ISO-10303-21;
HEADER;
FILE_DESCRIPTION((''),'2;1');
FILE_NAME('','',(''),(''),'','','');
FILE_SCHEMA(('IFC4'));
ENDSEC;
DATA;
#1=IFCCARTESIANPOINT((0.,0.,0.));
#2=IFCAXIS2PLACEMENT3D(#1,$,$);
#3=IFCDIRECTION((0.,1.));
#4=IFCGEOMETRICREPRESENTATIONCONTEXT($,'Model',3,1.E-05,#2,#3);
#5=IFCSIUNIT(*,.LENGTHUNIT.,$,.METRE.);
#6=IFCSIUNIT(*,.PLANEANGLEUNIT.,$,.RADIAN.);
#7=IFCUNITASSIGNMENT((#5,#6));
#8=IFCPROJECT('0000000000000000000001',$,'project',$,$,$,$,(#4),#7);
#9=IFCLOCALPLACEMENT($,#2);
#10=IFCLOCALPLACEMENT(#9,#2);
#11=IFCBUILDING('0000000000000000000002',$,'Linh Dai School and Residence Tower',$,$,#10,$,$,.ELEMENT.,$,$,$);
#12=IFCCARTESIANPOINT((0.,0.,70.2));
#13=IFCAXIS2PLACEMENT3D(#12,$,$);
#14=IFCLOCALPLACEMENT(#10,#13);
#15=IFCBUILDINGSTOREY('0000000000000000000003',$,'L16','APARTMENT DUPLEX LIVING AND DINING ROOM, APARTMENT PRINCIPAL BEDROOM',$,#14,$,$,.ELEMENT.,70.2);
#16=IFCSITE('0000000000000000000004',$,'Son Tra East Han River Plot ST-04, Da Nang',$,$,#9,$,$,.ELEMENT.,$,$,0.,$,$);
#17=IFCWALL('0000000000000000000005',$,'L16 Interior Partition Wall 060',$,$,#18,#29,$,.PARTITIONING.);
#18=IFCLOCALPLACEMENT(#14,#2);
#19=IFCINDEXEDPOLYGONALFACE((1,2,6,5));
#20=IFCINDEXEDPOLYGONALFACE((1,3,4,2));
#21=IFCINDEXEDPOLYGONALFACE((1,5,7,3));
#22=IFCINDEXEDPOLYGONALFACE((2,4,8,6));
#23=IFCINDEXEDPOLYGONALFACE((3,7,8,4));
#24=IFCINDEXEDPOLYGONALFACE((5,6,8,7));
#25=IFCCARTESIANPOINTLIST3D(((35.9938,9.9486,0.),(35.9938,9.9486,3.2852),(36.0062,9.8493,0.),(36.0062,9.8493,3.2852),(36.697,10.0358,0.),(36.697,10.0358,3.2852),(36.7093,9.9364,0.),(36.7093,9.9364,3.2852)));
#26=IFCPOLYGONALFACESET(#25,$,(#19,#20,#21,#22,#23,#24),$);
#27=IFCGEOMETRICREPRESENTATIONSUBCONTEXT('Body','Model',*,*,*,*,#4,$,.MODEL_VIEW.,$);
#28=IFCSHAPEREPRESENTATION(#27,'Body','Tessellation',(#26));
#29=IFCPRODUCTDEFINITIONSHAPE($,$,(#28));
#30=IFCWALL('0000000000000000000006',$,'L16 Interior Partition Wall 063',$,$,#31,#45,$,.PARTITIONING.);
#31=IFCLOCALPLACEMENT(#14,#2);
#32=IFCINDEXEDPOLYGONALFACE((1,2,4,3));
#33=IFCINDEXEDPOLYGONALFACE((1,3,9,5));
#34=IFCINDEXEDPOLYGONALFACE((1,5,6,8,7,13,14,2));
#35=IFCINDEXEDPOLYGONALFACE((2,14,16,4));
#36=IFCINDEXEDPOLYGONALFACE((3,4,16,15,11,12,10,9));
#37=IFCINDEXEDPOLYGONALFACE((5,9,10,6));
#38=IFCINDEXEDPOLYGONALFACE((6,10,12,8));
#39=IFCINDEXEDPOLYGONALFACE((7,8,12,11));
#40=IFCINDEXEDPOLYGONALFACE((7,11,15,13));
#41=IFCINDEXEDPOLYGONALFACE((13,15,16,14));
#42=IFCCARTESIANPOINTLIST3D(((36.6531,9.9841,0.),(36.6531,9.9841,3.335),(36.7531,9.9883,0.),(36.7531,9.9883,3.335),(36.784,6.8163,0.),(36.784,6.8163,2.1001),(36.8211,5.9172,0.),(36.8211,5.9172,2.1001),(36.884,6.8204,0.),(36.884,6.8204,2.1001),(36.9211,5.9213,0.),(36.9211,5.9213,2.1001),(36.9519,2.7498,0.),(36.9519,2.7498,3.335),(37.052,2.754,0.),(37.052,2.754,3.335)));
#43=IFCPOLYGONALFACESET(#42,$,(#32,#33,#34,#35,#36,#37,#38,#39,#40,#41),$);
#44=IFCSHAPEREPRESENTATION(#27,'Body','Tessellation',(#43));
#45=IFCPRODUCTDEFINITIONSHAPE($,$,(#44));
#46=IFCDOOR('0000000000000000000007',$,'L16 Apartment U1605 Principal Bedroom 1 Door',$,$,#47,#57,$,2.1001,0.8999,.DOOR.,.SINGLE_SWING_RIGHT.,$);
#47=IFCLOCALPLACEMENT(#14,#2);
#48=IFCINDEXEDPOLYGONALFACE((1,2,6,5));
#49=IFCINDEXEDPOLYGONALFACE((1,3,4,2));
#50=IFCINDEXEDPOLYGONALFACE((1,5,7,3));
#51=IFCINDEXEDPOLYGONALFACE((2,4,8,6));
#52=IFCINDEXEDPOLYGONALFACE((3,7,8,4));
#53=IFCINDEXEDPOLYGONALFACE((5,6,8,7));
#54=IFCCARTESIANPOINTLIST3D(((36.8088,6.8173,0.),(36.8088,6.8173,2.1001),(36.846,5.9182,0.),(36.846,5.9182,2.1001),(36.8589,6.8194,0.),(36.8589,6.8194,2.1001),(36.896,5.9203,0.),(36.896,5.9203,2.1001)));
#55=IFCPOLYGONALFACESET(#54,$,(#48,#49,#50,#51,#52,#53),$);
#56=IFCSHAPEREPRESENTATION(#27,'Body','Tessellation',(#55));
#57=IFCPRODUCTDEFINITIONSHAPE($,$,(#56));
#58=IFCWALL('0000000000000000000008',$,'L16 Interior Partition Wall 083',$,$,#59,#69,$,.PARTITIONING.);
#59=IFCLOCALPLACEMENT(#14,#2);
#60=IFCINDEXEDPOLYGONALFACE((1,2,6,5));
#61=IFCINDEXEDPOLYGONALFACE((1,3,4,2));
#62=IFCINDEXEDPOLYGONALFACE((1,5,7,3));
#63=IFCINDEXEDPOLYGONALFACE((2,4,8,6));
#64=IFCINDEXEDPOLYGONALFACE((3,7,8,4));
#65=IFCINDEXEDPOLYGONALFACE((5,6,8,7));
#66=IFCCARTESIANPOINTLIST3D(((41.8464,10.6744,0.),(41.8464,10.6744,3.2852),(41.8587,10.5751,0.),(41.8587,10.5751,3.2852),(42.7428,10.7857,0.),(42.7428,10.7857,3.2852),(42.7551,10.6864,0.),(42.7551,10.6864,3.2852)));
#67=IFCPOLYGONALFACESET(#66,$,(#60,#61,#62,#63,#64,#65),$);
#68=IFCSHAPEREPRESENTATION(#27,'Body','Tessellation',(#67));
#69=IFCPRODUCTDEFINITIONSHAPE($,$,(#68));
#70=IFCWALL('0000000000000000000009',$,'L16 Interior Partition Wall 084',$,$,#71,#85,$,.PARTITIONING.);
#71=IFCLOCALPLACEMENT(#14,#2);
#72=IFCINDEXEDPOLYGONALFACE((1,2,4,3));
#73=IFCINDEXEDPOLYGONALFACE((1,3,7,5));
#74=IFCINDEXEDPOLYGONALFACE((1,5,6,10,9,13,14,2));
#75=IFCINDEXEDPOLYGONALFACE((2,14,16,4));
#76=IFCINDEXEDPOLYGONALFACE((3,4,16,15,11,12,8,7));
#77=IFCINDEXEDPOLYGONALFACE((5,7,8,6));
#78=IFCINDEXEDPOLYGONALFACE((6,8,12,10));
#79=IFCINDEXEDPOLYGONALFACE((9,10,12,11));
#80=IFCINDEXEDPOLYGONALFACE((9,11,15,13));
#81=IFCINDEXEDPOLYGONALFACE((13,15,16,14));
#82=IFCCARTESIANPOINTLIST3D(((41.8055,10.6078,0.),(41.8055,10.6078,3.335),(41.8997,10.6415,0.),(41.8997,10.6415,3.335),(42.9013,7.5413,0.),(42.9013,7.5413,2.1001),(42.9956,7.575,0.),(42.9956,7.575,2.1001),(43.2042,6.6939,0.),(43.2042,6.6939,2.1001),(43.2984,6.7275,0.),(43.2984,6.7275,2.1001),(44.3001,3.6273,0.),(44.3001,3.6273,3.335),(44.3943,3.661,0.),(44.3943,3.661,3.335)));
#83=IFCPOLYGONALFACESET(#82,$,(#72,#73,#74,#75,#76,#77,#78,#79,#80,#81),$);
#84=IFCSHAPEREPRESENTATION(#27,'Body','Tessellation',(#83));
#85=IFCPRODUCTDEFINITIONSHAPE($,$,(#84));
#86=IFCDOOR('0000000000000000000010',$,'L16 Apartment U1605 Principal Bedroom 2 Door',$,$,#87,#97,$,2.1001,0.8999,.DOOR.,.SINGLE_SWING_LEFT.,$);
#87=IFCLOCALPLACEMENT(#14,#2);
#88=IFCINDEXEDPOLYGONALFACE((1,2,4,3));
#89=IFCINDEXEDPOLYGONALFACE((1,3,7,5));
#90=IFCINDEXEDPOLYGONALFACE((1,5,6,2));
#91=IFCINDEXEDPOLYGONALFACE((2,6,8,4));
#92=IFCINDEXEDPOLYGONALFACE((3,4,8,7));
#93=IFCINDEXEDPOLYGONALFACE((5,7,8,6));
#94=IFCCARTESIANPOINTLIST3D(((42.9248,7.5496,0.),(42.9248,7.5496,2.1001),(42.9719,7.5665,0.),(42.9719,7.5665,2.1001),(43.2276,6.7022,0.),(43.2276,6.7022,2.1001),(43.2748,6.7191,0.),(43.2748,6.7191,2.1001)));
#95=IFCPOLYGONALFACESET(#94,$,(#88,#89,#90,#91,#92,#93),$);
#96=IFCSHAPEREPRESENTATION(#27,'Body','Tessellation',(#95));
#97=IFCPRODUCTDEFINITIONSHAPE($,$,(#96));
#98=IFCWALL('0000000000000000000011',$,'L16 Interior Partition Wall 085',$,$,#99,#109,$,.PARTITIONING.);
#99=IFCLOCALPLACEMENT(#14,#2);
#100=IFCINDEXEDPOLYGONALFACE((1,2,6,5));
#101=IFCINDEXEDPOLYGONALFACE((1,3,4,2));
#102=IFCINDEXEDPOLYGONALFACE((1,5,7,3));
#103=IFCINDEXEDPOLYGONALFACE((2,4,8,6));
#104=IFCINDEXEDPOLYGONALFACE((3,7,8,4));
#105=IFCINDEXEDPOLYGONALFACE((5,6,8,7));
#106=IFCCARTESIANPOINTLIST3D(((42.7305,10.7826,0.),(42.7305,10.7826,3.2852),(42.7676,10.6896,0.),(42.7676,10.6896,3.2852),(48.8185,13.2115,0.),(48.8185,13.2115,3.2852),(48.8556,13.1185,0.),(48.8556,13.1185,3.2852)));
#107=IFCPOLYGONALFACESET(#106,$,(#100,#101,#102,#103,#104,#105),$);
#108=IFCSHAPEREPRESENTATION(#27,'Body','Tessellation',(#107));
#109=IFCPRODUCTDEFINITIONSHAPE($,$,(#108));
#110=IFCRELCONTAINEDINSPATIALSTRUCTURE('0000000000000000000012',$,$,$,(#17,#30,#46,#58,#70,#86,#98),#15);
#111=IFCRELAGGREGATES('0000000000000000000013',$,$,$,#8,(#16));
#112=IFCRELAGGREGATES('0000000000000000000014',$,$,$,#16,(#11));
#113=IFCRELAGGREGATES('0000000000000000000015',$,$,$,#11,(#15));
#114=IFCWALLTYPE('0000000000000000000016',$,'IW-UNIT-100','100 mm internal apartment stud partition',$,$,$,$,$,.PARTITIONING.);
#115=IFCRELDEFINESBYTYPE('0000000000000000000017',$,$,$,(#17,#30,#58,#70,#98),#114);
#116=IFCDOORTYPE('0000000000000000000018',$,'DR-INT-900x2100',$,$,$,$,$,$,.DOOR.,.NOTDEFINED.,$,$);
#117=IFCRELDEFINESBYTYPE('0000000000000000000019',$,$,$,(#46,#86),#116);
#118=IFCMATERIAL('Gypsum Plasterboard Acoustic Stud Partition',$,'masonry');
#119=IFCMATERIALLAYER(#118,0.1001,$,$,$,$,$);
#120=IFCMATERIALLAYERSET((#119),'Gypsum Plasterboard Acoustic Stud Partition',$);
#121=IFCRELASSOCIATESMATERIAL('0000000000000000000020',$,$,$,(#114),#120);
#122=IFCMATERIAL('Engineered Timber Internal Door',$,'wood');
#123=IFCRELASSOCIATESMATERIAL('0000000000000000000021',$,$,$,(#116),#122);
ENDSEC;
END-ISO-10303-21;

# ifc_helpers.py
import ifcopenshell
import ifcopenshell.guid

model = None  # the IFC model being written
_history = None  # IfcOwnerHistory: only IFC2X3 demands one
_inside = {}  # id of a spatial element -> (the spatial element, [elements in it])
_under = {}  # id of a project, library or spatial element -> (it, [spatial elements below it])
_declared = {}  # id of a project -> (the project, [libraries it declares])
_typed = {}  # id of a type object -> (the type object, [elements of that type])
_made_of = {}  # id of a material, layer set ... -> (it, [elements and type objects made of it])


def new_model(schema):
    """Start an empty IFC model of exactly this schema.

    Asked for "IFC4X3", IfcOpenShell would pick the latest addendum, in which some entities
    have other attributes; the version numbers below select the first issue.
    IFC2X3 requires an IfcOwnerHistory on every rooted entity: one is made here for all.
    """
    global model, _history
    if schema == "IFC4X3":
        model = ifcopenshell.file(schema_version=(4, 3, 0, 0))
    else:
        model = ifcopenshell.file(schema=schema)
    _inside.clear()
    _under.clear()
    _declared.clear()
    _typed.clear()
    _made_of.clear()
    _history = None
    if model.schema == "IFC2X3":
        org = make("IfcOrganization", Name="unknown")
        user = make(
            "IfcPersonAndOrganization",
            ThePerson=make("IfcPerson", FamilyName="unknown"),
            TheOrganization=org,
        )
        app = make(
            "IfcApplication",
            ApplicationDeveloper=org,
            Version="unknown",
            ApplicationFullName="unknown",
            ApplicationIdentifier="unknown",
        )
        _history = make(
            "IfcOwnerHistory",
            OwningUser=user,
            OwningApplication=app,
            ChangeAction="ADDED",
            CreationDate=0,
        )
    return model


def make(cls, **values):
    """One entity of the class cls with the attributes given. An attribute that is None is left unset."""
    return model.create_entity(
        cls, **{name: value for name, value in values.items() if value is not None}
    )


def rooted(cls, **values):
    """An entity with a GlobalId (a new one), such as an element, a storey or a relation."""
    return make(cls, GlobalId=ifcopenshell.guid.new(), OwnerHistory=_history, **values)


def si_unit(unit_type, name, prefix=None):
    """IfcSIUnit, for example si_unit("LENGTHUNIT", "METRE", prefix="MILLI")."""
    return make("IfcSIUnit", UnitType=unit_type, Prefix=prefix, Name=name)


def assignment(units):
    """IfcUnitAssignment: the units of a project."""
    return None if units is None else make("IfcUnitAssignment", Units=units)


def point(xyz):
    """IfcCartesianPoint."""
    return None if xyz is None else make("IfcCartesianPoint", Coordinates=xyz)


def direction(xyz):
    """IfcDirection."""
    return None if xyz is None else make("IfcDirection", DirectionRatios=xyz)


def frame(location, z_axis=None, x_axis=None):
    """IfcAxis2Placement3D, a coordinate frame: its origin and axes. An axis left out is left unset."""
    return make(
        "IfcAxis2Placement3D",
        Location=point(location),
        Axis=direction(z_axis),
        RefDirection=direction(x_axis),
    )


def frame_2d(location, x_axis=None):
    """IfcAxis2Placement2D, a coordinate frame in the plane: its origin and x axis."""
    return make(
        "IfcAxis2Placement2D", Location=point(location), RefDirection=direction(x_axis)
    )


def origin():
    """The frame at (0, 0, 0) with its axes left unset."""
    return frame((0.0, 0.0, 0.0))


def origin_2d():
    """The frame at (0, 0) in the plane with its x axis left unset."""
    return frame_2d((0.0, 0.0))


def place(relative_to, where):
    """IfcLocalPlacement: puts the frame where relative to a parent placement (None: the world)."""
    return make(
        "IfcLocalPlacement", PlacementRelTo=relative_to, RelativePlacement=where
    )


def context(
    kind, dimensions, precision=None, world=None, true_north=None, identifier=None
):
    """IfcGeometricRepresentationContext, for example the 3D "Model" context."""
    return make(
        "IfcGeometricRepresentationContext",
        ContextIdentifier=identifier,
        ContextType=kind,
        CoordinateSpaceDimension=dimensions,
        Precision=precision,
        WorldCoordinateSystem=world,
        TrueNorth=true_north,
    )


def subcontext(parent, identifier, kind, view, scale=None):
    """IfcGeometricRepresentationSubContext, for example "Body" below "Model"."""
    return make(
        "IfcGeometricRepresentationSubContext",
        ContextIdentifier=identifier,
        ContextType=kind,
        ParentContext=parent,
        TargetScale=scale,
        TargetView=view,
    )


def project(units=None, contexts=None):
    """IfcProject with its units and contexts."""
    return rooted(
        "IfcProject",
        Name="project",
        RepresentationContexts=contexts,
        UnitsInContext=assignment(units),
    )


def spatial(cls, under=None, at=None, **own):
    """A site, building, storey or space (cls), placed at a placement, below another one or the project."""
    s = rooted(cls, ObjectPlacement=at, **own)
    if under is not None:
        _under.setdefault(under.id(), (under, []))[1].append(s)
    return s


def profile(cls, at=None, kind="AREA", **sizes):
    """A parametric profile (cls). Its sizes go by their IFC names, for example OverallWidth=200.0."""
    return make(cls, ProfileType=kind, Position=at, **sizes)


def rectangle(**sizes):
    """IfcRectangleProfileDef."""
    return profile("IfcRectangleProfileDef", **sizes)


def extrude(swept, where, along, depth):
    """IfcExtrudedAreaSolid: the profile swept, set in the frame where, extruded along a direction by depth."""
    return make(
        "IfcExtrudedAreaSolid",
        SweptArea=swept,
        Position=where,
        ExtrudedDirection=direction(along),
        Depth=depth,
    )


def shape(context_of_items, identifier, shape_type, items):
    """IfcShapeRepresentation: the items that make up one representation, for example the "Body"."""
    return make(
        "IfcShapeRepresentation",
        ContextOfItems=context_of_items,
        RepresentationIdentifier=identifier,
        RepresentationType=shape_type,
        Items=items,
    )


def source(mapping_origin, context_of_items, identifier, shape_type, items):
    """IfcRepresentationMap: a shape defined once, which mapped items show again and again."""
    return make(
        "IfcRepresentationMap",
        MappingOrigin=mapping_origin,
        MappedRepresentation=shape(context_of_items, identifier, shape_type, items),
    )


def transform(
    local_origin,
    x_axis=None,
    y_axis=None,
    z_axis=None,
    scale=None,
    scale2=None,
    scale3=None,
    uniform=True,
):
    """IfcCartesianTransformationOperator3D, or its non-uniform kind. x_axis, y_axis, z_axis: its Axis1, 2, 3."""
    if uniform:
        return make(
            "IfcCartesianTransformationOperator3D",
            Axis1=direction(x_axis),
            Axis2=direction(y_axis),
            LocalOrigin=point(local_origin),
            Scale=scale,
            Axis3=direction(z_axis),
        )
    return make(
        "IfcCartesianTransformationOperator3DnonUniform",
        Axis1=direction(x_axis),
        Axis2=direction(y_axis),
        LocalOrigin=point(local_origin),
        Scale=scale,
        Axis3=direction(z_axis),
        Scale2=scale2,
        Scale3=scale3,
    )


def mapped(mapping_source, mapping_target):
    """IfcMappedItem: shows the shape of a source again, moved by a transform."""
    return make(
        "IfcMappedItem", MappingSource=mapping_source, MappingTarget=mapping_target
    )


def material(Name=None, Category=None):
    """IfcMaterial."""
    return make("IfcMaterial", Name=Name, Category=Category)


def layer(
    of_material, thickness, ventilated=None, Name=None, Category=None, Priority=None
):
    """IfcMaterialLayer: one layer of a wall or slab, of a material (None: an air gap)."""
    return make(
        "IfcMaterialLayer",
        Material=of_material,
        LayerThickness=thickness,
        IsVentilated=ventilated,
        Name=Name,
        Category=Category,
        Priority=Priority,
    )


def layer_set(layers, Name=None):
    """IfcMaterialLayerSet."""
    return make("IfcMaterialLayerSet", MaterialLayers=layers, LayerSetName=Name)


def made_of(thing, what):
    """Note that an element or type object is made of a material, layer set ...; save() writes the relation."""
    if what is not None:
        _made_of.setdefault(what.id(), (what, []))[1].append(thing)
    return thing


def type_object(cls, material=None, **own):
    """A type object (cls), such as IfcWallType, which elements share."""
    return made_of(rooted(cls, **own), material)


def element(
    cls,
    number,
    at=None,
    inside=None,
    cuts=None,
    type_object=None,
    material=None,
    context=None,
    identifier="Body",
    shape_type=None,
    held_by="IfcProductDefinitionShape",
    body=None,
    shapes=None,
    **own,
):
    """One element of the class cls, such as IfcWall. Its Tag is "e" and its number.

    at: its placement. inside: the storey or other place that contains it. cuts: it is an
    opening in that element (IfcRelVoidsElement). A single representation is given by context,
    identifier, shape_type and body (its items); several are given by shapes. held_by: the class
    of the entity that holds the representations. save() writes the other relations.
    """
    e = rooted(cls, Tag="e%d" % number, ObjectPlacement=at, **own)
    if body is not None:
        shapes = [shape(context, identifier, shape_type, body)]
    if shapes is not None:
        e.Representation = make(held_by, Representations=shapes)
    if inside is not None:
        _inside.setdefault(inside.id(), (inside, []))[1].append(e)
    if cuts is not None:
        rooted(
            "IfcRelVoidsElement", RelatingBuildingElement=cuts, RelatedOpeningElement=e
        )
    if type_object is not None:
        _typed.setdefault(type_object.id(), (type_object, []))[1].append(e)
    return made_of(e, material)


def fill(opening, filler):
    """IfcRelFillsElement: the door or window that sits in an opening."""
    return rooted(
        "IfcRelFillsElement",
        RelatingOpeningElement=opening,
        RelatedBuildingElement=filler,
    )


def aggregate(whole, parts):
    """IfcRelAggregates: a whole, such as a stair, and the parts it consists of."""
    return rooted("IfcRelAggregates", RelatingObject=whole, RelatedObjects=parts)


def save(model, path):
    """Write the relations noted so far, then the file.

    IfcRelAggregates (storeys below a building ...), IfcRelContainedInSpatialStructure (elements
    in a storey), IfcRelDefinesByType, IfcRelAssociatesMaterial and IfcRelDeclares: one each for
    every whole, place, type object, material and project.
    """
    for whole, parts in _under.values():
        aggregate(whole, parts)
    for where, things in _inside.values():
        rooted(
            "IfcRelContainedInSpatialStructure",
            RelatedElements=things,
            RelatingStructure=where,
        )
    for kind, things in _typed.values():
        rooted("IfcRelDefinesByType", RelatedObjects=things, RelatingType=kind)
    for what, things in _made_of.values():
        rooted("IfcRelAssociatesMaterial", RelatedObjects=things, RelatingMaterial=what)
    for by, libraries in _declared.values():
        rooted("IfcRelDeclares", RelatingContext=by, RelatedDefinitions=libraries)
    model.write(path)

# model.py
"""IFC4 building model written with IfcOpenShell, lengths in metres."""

from ifc_helpers import new_model, si_unit, direction, frame, frame_2d, origin, origin_2d, place, context, subcontext, project, spatial, rectangle, extrude, source, transform, mapped, material, layer, layer_set, type_object, element, fill, save


model = new_model("IFC4")

# Units and contexts
model_context = context("Model", 3, precision=1e-05, world=origin(), true_north=direction((0.0, 1.0)))
body_context = subcontext(model_context, "Body", "Model", "MODEL_VIEW")
ifc_project = project(units=[si_unit("LENGTHUNIT", "METRE"), si_unit("PLANEANGLEUNIT", "RADIAN")], contexts=[model_context])

# Site, building, storey
site_placement = place(None, origin())
site = spatial("IfcSite", under=ifc_project, at=site_placement, Name="Son Tra East Han River Plot ST-04, Da Nang", CompositionType="ELEMENT", RefElevation=0.0)
building_placement = place(site_placement, origin())
building = spatial("IfcBuilding", under=site, at=building_placement, Name="Linh Dai School and Residence Tower", CompositionType="ELEMENT")
storey_placement = place(building_placement, frame((0.0, 0.0, 70.2)))
storey = spatial("IfcBuildingStorey", under=building, at=storey_placement, Name="L16", Description="APARTMENT DUPLEX LIVING AND DINING ROOM, APARTMENT PRINCIPAL BEDROOM", CompositionType="ELEMENT", Elevation=70.2)

# Wall
ifc_material_1 = material(Name="Gypsum Plasterboard Acoustic Stud Partition", Category="masonry")
ifc_layer_1 = layer(ifc_material_1, 0.1001)
ifc_layer_set_1 = layer_set([ifc_layer_1], Name="Gypsum Plasterboard Acoustic Stud Partition")
wall_type_1 = type_object("IfcWallType", Name="IW-UNIT-100", Description="100 mm internal apartment stud partition", PredefinedType="PARTITIONING", material=ifc_layer_set_1)
wall_1_placement = place(storey_placement, frame((36.0, 9.8989, 0.0), z_axis=(0.0, 0.0, 1.0), x_axis=(0.992405, 0.123017, 0.0)))
element("IfcWall", 1, at=wall_1_placement, inside=storey, type_object=wall_type_1, Name="L16 Interior Partition Wall 060", PredefinedType="PARTITIONING", context=body_context, shape_type="SweptSolid", body=[
    extrude(rectangle(XDim=0.7085, YDim=0.1001, at=frame_2d((0.3542, 0.0))), origin(), (0.0, 0.0, 1.0), 3.2852),
])

# Wall, opening, door
wall_2_placement = place(storey_placement, frame((36.7031, 9.9861, 0.0), z_axis=(0.0, 0.0, 1.0), x_axis=(0.041272, -0.999148, 0.0)))
wall_2 = element("IfcWall", 2, at=wall_2_placement, inside=storey, type_object=wall_type_1, Name="L16 Interior Partition Wall 063", PredefinedType="PARTITIONING", context=body_context, shape_type="SweptSolid", body=[
    extrude(rectangle(XDim=7.2405, YDim=0.1001, at=frame_2d((3.6201, 0.0))), origin(), (0.0, 0.0, 1.0), 3.335),
])
opening_1_placement = place(wall_2_placement, frame((3.1704, 0.0, 0.0)))
opening_1 = element("IfcOpeningElement", 3, at=opening_1_placement, cuts=wall_2, PredefinedType="OPENING", context=body_context, shape_type="SweptSolid", body=[
    extrude(rectangle(XDim=0.8999, YDim=2.1001, at=origin_2d()), frame((0.45, 0.0601, 1.05), z_axis=(0.0, -1.0, 0.0), x_axis=(1.0, 0.0, 0.0)), (0.0, 0.0, 1.0), 0.1201),
])
ifc_material_2 = material(Name="Engineered Timber Internal Door", Category="wood")
door_type_1 = type_object("IfcDoorType", Name="DR-INT-900x2100", OperationType="NOTDEFINED", PredefinedType="DOOR", material=ifc_material_2)
shared_shape_1 = source(origin(), body_context, "Body", "SweptSolid", [
    extrude(rectangle(XDim=0.8999, YDim=2.1001, at=origin_2d()), frame((0.45, 0.0249, 1.05), z_axis=(0.0, -1.0, 0.0), x_axis=(1.0, 0.0, 0.0)), (0.0, 0.0, 1.0), 0.05),
])
door_1_placement = place(opening_1_placement, origin())
door_1 = element("IfcDoor", 4, at=door_1_placement, inside=storey, type_object=door_type_1, Name="L16 Apartment U1605 Principal Bedroom 1 Door", OperationType="SINGLE_SWING_RIGHT", OverallHeight=2.1001, OverallWidth=0.8999, PredefinedType="DOOR", context=body_context, shape_type="MappedRepresentation", body=[
    mapped(shared_shape_1, transform((0.0, 0.0, 0.0), x_axis=(1.0, 0.0, 0.0), y_axis=(0.0, 1.0, 0.0), z_axis=(0.0, 0.0, 1.0), scale=1.0)),
])
fill(opening_1, door_1)

# Wall
wall_3_placement = place(storey_placement, frame((41.8525, 10.6248, 0.0), z_axis=(0.0, 0.0, 1.0), x_axis=(0.992377, 0.123236, 0.0)))
element("IfcWall", 5, at=wall_3_placement, inside=storey, type_object=wall_type_1, Name="L16 Interior Partition Wall 083", PredefinedType="PARTITIONING", context=body_context, shape_type="SweptSolid", body=[
    extrude(rectangle(XDim=0.9033, YDim=0.1001, at=frame_2d((0.4517, 0.0))), origin(), (0.0, 0.0, 1.0), 3.2852),
])

# Wall, opening, door
wall_4_placement = place(storey_placement, frame((41.8525, 10.6248, 0.0), z_axis=(0.0, 0.0, 1.0), x_axis=(0.336528, -0.941673, 0.0)))
wall_4 = element("IfcWall", 6, at=wall_4_placement, inside=storey, type_object=wall_type_1, Name="L16 Interior Partition Wall 084", PredefinedType="PARTITIONING", context=body_context, shape_type="SweptSolid", body=[
    extrude(rectangle(XDim=7.4128, YDim=0.1001, at=frame_2d((3.7065, 0.0))), origin(), (0.0, 0.0, 1.0), 3.335),
])
opening_2_placement = place(wall_4_placement, frame((3.2566, 0.0, 0.0)))
opening_2 = element("IfcOpeningElement", 7, at=opening_2_placement, cuts=wall_4, PredefinedType="OPENING", context=body_context, shape_type="SweptSolid", body=[
    extrude(rectangle(XDim=0.8999, YDim=2.1001, at=origin_2d()), frame((0.45, 0.0601, 1.05), z_axis=(0.0, -1.0, 0.0), x_axis=(1.0, 0.0, 0.0)), (0.0, 0.0, 1.0), 0.1201),
])
door_2_placement = place(opening_2_placement, origin())
door_2 = element("IfcDoor", 8, at=door_2_placement, inside=storey, type_object=door_type_1, Name="L16 Apartment U1605 Principal Bedroom 2 Door", OperationType="SINGLE_SWING_LEFT", OverallHeight=2.1001, OverallWidth=0.8999, PredefinedType="DOOR", context=body_context, shape_type="MappedRepresentation", body=[
    mapped(shared_shape_1, transform((0.0, 0.0, 0.0), x_axis=(1.0, 0.0, 0.0), y_axis=(0.0, 1.0, 0.0), z_axis=(0.0, 0.0, 1.0), scale=1.0)),
])
fill(opening_2, door_2)

# Wall
wall_5_placement = place(storey_placement, frame((42.749, 10.7361, 0.0), z_axis=(0.0, 0.0, 1.0), x_axis=(0.928808, 0.370562, 0.0)))
element("IfcWall", 9, at=wall_5_placement, inside=storey, type_object=wall_type_1, Name="L16 Interior Partition Wall 085", PredefinedType="PARTITIONING", context=body_context, shape_type="SweptSolid", body=[
    extrude(rectangle(XDim=6.5547, YDim=0.1001, at=frame_2d((3.2773, 0.0))), origin(), (0.0, 0.0, 1.0), 3.2852),
])

save(model, "model.ifc")
